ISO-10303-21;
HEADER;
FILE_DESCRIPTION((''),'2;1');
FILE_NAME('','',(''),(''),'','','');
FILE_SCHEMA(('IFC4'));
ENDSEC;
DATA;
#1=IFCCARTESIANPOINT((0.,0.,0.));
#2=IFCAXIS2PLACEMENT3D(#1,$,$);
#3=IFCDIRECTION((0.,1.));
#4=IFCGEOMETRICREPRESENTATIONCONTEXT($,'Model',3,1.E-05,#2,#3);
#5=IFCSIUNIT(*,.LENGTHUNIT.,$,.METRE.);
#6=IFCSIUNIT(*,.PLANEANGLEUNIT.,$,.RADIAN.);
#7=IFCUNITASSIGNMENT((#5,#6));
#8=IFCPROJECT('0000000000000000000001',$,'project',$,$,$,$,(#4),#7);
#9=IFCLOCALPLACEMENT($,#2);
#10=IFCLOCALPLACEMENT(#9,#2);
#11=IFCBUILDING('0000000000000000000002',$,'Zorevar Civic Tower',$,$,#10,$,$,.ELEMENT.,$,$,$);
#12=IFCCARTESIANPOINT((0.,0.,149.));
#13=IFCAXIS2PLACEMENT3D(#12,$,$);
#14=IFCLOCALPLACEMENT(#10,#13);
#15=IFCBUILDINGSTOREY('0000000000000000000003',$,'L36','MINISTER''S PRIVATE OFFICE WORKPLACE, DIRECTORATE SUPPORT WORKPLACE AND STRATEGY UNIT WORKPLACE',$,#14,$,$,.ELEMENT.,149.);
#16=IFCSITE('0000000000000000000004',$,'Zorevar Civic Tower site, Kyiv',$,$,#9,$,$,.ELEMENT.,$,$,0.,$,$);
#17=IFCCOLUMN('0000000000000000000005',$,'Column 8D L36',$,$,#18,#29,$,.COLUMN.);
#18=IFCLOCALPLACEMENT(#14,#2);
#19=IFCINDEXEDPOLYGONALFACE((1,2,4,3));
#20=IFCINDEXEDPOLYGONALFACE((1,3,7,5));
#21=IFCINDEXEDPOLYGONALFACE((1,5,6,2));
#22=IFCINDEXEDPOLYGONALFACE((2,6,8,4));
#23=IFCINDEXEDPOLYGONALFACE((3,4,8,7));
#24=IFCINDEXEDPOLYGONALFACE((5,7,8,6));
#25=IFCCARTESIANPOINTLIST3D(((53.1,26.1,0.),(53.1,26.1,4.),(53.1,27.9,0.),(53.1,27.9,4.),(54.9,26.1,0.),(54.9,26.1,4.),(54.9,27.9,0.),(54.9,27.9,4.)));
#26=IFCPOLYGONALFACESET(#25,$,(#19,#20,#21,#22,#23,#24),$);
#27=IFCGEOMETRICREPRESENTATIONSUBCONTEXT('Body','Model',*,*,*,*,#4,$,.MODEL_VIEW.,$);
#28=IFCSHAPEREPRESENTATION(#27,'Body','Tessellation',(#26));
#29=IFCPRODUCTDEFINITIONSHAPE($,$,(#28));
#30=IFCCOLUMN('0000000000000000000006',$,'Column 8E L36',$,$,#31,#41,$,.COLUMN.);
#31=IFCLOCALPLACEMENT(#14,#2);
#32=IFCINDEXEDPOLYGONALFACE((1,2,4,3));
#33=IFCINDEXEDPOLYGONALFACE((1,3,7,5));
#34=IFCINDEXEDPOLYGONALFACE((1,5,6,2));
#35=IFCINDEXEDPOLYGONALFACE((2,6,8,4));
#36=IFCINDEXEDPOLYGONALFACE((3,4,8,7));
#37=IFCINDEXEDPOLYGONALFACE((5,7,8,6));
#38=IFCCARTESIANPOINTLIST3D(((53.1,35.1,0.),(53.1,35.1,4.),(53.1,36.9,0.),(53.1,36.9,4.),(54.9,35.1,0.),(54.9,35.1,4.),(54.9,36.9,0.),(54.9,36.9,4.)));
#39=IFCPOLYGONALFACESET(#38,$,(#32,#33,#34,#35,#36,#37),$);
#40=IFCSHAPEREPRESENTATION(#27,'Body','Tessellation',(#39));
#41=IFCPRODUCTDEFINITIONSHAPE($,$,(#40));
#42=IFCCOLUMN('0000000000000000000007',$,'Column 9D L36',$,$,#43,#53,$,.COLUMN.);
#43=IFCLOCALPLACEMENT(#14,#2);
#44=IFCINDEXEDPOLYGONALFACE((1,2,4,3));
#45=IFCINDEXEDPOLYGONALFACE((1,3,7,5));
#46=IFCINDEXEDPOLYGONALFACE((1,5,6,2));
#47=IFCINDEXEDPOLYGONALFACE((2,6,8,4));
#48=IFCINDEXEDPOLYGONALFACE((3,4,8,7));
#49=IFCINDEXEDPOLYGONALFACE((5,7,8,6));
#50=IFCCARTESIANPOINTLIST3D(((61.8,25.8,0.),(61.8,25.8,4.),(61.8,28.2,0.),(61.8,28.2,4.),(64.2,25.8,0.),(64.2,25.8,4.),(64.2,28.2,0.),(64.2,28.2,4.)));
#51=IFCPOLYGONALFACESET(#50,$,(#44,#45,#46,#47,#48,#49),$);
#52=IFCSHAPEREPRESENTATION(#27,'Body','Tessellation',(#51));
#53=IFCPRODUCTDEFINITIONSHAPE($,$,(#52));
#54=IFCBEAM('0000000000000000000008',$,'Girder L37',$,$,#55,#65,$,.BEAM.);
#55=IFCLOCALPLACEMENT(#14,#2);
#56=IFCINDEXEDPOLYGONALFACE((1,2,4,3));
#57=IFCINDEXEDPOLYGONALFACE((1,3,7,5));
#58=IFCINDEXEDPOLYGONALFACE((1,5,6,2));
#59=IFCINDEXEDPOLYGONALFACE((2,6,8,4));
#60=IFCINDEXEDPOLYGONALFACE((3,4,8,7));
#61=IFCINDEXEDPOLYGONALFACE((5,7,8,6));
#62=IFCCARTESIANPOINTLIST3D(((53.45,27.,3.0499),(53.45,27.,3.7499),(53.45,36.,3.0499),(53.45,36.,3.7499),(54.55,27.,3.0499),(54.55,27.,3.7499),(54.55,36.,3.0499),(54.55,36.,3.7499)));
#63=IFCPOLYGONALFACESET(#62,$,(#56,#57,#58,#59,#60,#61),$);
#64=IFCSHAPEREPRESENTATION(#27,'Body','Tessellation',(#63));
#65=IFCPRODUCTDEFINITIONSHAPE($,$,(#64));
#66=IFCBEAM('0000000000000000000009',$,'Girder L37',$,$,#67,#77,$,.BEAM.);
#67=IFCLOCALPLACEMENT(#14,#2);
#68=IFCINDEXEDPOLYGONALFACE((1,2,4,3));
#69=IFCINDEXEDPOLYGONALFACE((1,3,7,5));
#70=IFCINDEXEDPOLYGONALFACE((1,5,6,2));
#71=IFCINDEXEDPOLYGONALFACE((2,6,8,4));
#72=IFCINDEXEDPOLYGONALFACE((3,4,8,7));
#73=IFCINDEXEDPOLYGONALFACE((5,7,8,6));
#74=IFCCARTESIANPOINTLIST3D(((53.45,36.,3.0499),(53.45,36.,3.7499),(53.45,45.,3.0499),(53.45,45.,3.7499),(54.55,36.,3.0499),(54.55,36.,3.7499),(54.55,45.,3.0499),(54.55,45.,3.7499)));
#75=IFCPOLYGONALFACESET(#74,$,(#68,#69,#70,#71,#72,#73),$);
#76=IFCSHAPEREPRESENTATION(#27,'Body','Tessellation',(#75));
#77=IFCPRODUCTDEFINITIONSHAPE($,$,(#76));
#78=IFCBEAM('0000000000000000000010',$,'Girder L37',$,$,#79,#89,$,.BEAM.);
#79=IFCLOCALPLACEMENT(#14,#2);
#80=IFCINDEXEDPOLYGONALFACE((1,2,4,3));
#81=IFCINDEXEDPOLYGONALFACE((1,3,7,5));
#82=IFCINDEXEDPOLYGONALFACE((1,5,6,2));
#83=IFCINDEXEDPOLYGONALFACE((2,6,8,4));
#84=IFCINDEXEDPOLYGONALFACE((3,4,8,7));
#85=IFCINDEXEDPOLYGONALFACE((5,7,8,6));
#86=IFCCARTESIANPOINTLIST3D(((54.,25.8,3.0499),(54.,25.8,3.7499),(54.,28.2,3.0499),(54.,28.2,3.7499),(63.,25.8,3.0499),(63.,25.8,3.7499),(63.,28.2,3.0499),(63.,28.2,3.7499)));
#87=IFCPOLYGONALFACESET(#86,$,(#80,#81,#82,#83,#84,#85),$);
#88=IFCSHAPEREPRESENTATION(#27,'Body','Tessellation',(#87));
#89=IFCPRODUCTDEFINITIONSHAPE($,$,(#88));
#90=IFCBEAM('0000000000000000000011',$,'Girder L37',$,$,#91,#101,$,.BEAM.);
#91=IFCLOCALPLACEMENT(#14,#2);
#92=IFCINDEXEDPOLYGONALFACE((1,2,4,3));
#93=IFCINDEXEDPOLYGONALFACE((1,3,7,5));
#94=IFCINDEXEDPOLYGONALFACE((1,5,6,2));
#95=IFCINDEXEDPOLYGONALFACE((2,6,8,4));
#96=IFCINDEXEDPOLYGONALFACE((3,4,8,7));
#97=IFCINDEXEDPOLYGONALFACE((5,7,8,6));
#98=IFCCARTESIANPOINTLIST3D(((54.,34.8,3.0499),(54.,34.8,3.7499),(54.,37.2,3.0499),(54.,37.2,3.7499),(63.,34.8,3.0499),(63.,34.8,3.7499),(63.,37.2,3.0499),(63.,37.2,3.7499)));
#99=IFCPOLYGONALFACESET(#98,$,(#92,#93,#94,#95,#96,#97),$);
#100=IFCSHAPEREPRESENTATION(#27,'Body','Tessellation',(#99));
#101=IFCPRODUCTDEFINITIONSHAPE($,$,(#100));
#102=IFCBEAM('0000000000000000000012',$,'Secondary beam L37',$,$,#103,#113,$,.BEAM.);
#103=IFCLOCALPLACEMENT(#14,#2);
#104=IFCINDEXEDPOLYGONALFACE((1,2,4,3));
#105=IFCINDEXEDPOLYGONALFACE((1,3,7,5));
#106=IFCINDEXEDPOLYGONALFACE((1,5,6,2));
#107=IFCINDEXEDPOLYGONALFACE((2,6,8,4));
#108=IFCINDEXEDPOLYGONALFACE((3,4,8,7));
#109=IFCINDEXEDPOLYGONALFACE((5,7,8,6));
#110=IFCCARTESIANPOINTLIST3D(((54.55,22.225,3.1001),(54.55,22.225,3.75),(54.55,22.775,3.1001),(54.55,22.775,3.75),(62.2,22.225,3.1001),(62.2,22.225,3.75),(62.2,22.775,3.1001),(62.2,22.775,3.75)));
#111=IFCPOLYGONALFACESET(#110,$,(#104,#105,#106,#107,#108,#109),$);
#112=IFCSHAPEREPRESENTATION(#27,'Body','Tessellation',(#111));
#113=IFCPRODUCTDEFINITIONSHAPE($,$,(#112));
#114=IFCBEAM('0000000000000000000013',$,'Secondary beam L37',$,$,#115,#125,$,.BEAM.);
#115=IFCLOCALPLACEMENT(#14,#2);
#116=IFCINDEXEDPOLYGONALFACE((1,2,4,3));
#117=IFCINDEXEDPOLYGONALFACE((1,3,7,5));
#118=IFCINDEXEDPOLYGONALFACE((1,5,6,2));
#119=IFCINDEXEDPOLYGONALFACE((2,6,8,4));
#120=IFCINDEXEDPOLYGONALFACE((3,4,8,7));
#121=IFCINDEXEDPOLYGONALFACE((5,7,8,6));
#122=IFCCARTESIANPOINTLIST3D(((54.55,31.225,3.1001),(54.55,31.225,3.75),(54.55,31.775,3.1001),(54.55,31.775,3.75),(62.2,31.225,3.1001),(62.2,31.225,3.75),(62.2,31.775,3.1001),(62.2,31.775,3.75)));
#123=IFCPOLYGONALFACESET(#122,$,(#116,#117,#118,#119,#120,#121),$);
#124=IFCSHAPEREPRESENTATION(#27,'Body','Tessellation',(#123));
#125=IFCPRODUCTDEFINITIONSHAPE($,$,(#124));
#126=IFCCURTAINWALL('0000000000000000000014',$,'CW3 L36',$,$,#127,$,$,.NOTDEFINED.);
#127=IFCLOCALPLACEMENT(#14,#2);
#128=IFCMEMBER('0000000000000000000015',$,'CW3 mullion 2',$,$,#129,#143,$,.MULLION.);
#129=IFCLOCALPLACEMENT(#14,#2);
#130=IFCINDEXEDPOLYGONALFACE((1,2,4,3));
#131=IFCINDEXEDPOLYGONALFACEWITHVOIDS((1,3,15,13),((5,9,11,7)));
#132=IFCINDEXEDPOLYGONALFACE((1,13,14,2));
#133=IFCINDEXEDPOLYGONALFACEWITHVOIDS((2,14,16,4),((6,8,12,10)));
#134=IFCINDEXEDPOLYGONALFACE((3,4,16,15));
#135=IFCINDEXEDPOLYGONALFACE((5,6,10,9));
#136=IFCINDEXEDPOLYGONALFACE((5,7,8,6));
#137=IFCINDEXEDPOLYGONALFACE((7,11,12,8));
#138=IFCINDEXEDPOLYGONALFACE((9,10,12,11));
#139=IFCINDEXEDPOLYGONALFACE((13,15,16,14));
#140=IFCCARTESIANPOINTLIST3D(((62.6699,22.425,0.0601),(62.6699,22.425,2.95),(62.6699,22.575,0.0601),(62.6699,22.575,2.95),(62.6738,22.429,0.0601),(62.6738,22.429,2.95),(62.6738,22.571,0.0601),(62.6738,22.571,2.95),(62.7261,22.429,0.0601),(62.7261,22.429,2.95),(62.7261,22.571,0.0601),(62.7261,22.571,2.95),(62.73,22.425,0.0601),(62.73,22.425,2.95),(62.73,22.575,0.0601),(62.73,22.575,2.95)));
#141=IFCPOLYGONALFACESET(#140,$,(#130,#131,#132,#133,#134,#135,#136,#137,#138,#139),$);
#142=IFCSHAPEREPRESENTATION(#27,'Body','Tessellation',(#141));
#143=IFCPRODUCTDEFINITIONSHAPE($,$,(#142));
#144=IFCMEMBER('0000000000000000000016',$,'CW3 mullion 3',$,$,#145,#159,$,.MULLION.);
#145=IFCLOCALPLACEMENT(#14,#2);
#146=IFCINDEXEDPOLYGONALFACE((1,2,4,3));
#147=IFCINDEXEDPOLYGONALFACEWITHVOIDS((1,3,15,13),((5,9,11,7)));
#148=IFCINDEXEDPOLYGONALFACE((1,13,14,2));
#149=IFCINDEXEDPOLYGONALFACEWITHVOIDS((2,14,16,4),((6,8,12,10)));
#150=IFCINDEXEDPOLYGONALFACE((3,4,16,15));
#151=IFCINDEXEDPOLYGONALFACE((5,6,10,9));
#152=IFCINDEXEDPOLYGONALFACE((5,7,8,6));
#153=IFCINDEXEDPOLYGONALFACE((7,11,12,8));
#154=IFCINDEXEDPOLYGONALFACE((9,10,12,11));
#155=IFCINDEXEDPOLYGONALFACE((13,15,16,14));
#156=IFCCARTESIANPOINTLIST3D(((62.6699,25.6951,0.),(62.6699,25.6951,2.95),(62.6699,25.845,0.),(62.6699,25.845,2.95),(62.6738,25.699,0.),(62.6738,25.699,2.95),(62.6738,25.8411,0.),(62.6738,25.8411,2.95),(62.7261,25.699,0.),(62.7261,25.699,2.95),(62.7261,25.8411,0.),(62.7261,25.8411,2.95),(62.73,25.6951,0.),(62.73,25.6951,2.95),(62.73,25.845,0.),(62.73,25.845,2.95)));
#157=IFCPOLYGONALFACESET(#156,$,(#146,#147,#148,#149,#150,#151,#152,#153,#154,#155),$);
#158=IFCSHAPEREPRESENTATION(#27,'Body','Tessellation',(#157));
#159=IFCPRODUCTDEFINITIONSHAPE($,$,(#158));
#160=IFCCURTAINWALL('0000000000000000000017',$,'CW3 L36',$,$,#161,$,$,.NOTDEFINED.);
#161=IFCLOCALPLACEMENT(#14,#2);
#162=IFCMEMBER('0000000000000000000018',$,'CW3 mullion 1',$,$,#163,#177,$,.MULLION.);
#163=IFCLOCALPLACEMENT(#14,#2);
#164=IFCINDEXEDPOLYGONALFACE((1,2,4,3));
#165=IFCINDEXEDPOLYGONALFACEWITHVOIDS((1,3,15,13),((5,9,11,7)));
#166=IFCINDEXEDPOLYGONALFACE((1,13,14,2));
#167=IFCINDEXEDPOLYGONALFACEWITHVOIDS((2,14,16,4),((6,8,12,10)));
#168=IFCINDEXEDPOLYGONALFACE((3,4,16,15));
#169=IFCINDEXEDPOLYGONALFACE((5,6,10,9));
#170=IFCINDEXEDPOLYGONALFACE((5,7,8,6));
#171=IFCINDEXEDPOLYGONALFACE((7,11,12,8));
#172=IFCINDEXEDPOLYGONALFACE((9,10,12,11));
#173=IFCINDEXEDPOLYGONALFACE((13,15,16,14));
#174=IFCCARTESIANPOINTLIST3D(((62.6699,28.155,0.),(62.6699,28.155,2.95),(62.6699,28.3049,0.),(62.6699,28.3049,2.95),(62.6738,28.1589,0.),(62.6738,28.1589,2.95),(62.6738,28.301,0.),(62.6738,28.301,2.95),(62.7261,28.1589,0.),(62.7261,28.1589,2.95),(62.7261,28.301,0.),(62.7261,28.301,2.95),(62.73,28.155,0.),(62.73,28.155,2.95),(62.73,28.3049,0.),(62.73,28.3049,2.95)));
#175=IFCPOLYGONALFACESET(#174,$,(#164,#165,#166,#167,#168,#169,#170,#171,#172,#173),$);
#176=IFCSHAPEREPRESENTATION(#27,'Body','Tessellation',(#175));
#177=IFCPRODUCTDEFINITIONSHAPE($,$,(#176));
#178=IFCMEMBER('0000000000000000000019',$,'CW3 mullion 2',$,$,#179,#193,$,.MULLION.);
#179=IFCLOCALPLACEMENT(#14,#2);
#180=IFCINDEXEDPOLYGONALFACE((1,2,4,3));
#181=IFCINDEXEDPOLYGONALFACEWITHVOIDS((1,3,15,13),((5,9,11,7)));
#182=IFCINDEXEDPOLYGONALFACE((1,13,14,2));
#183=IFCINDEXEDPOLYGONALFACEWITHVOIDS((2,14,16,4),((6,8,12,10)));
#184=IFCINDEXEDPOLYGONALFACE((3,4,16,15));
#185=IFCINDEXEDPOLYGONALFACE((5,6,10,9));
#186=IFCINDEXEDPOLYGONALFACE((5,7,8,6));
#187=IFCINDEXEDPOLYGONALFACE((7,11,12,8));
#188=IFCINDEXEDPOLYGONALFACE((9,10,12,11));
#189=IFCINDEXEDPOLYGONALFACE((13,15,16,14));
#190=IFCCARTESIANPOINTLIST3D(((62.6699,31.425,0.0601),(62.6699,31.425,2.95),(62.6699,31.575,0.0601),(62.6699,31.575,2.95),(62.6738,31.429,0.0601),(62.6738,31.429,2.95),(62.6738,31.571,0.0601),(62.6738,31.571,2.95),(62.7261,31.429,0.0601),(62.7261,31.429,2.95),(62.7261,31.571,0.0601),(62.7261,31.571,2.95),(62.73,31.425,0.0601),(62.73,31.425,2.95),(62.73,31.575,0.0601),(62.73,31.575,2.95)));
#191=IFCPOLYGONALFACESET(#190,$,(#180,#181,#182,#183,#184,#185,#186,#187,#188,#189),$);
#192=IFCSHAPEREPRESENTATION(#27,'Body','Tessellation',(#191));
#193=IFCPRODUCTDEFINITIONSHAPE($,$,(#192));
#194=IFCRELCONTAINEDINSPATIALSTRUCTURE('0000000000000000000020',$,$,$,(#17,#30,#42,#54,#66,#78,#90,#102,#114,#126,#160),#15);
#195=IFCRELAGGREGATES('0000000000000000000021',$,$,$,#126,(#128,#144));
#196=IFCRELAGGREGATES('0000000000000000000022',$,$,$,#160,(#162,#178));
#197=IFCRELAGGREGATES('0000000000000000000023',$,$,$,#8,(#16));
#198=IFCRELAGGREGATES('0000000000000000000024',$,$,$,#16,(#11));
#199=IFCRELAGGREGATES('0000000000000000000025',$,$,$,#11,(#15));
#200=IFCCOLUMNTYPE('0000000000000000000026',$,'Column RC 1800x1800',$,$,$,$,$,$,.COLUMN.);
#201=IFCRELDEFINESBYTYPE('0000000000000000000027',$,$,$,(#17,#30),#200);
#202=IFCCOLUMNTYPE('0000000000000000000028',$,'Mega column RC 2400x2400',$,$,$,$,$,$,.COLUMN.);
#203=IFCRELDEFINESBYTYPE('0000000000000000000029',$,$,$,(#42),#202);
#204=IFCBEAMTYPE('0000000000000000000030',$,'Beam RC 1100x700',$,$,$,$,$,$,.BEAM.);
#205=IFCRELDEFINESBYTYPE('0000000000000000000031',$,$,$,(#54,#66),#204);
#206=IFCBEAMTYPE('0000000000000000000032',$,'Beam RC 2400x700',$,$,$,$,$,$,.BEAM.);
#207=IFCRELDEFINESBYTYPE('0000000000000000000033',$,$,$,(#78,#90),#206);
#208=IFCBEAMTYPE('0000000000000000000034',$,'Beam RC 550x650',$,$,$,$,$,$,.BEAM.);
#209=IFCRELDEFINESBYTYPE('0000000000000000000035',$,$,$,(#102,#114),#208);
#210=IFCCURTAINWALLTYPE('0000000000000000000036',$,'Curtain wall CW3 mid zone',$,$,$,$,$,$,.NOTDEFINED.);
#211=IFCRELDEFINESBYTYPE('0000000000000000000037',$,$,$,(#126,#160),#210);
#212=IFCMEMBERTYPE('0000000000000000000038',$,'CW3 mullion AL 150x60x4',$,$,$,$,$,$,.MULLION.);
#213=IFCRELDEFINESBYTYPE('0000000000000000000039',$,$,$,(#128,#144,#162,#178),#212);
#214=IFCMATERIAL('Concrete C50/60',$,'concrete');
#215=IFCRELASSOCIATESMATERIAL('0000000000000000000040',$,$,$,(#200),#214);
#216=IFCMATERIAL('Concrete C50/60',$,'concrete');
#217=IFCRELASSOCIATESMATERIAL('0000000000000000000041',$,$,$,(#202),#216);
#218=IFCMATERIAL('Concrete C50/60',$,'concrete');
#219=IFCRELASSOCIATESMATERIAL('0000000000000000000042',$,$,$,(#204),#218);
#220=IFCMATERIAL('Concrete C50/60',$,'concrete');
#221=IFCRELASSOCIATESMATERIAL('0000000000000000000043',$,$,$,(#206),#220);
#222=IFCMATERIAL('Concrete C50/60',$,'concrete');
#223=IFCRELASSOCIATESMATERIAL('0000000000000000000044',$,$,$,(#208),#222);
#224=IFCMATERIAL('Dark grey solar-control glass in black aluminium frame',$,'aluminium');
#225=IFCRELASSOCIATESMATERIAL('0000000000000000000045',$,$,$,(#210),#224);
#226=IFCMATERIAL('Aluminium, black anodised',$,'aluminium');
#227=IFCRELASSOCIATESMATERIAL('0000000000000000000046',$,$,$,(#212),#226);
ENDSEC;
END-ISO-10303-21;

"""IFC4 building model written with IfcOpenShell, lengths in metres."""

from ifc_helpers import new_model, si_unit, direction, frame, origin, origin_2d, place, context, subcontext, project, spatial, rectangle, hollow_rectangle, extrude, material, material_profile, profile_set, type_object, element, aggregate, save


model = new_model("IFC4")

# Units and contexts
model_context = context("Model", 3, precision=1e-05, world=origin(), true_north=direction((0.0, 1.0)))
body_context = subcontext(model_context, "Body", "Model", "MODEL_VIEW")
ifc_project = project(units=[si_unit("LENGTHUNIT", "METRE"), si_unit("PLANEANGLEUNIT", "RADIAN")], contexts=[model_context])

# Site, building, storey
site_placement = place(None, origin())
site = spatial("IfcSite", under=ifc_project, at=site_placement, Name="Zorevar Civic Tower site, Kyiv", CompositionType="ELEMENT", RefElevation=0.0)
building_placement = place(site_placement, origin())
building = spatial("IfcBuilding", under=site, at=building_placement, Name="Zorevar Civic Tower", CompositionType="ELEMENT")
storey_placement = place(building_placement, frame((0.0, 0.0, 149.0)))
storey = spatial("IfcBuildingStorey", under=building, at=storey_placement, Name="L36", Description="MINISTER'S PRIVATE OFFICE WORKPLACE, DIRECTORATE SUPPORT WORKPLACE AND STRATEGY UNIT WORKPLACE", CompositionType="ELEMENT", Elevation=149.0)

# Columns
ifc_material_1 = material(Name="Concrete C50/60", Category="concrete")
ifc_material_profile_1 = material_profile(ifc_material_1, rectangle(XDim=1.8, YDim=1.8, at=origin_2d()), Name="RC 1800x1800")
ifc_profile_set_1 = profile_set([ifc_material_profile_1], Name="Concrete C50/60")
column_type_1 = type_object("IfcColumnType", Name="Column RC 1800x1800", PredefinedType="COLUMN", material=ifc_profile_set_1)
for number, where, z_axis, x_axis, name in (
    (1, (54.0, 27.0, 0.0), (0.0, 0.0, 1.0), (1.0, 0.0, 0.0), "Column 8D L36"),
    (2, (54.0, 36.0, 0.0), (0.0, 0.0, 1.0), (1.0, 0.0, 0.0), "Column 8E L36"),
):
    element("IfcColumn", number, at=place(storey_placement, frame(where, z_axis=z_axis, x_axis=x_axis)), inside=storey, type_object=column_type_1, Name=name, PredefinedType="COLUMN", context=body_context, shape_type="SweptSolid", body=[
        extrude(rectangle(XDim=1.8, YDim=1.8, at=origin_2d()), origin(), (0.0, 0.0, 1.0), 4.0),
    ])
ifc_material_2 = material(Name="Concrete C50/60", Category="concrete")
ifc_material_profile_2 = material_profile(ifc_material_2, rectangle(XDim=2.3999, YDim=2.3999, at=origin_2d()), Name="RC 2400x2400")
ifc_profile_set_2 = profile_set([ifc_material_profile_2], Name="Concrete C50/60")
column_type_2 = type_object("IfcColumnType", Name="Mega column RC 2400x2400", PredefinedType="COLUMN", material=ifc_profile_set_2)
column_placement = place(storey_placement, frame((63.0, 27.0, 0.0), z_axis=(0.0, 0.0, 1.0), x_axis=(1.0, 0.0, 0.0)))
element("IfcColumn", 3, at=column_placement, inside=storey, type_object=column_type_2, Name="Column 9D L36", PredefinedType="COLUMN", context=body_context, shape_type="SweptSolid", body=[
    extrude(rectangle(XDim=2.3999, YDim=2.3999, at=origin_2d()), origin(), (0.0, 0.0, 1.0), 4.0),
])

# Beams
ifc_material_3 = material(Name="Concrete C50/60", Category="concrete")
ifc_material_profile_3 = material_profile(ifc_material_3, rectangle(XDim=1.1001, YDim=0.7, at=origin_2d()), Name="RC 1100x700")
ifc_profile_set_3 = profile_set([ifc_material_profile_3], Name="Concrete C50/60")
beam_type_1 = type_object("IfcBeamType", Name="Beam RC 1100x700", PredefinedType="BEAM", material=ifc_profile_set_3)
for number, where, z_axis, x_axis, name in (
    (4, (54.0, 27.0, 3.3999), (0.0, 1.0, 0.0), (-1.0, 0.0, 0.0), "Girder L37"),
    (5, (54.0, 36.0, 3.3999), (0.0, 1.0, 0.0), (-1.0, 0.0, 0.0), "Girder L37"),
):
    element("IfcBeam", number, at=place(storey_placement, frame(where, z_axis=z_axis, x_axis=x_axis)), inside=storey, type_object=beam_type_1, Name=name, PredefinedType="BEAM", context=body_context, shape_type="SweptSolid", body=[
        extrude(rectangle(XDim=1.1001, YDim=0.7, at=origin_2d()), origin(), (0.0, 0.0, 1.0), 9.0),
    ])
ifc_material_4 = material(Name="Concrete C50/60", Category="concrete")
ifc_material_profile_4 = material_profile(ifc_material_4, rectangle(XDim=2.3999, YDim=0.7, at=origin_2d()), Name="RC 2400x700")
ifc_profile_set_4 = profile_set([ifc_material_profile_4], Name="Concrete C50/60")
beam_type_2 = type_object("IfcBeamType", Name="Beam RC 2400x700", PredefinedType="BEAM", material=ifc_profile_set_4)
for number, where, z_axis, x_axis, name in (
    (6, (54.0, 27.0, 3.3999), (1.0, 0.0, 0.0), (0.0, 1.0, 0.0), "Girder L37"),
    (7, (54.0, 36.0, 3.3999), (1.0, 0.0, 0.0), (0.0, 1.0, 0.0), "Girder L37"),
):
    element("IfcBeam", number, at=place(storey_placement, frame(where, z_axis=z_axis, x_axis=x_axis)), inside=storey, type_object=beam_type_2, Name=name, PredefinedType="BEAM", context=body_context, shape_type="SweptSolid", body=[
        extrude(rectangle(XDim=2.3999, YDim=0.7, at=origin_2d()), origin(), (0.0, 0.0, 1.0), 9.0),
    ])
ifc_material_5 = material(Name="Concrete C50/60", Category="concrete")
ifc_material_profile_5 = material_profile(ifc_material_5, rectangle(XDim=0.55, YDim=0.6499, at=origin_2d()), Name="RC 550x650")
ifc_profile_set_5 = profile_set([ifc_material_profile_5], Name="Concrete C50/60")
beam_type_3 = type_object("IfcBeamType", Name="Beam RC 550x650", PredefinedType="BEAM", material=ifc_profile_set_5)
for number, where, z_axis, x_axis, name in (
    (8, (54.55, 22.5, 3.425), (1.0, 0.0, 0.0), (0.0, 1.0, 0.0), "Secondary beam L37"),
    (9, (54.55, 31.5, 3.425), (1.0, 0.0, 0.0), (0.0, 1.0, 0.0), "Secondary beam L37"),
):
    element("IfcBeam", number, at=place(storey_placement, frame(where, z_axis=z_axis, x_axis=x_axis)), inside=storey, type_object=beam_type_3, Name=name, PredefinedType="BEAM", context=body_context, shape_type="SweptSolid", body=[
        extrude(rectangle(XDim=0.55, YDim=0.6499, at=origin_2d()), origin(), (0.0, 0.0, 1.0), 7.6499),
    ])

# Curtain walls, members
ifc_material_6 = material(Name="Dark grey solar-control glass in black aluminium frame", Category="aluminium")
curtain_wall_type = type_object("IfcCurtainWallType", Name="Curtain wall CW3 mid zone", PredefinedType="NOTDEFINED", material=ifc_material_6)
curtain_wall_1_placement = place(storey_placement, origin())
curtain_wall_1 = element("IfcCurtainWall", 10, at=curtain_wall_1_placement, inside=storey, type_object=curtain_wall_type, Name="CW3 L36", PredefinedType="NOTDEFINED")
ifc_material_7 = material(Name="Aluminium, black anodised", Category="aluminium")
ifc_material_profile_6 = material_profile(ifc_material_7, hollow_rectangle(XDim=0.0601, YDim=0.1499, WallThickness=0.0039, at=origin_2d()), Name="AL 150x60x4")
ifc_profile_set_6 = profile_set([ifc_material_profile_6], Name="Aluminium, black anodised")
member_type_1 = type_object("IfcMemberType", Name="CW3 mullion AL 150x60x4", PredefinedType="MULLION", material=ifc_profile_set_6)
member_1_placement = place(storey_placement, frame((62.7, 22.5, 0.0601), z_axis=(0.0, 0.0, 1.0), x_axis=(-1.0, 0.0, 0.0)))
member_1 = element("IfcMember", 11, at=member_1_placement, type_object=member_type_1, Name="CW3 mullion 2", PredefinedType="MULLION", context=body_context, shape_type="SweptSolid", body=[
    extrude(hollow_rectangle(XDim=0.0601, YDim=0.1499, WallThickness=0.0039, at=origin_2d()), origin(), (0.0, 0.0, 1.0), 2.8899),
])
member_2_placement = place(storey_placement, frame((62.7, 25.77, 0.0), z_axis=(0.0, 0.0, 1.0), x_axis=(-1.0, 0.0, 0.0)))
member_2 = element("IfcMember", 12, at=member_2_placement, type_object=member_type_1, Name="CW3 mullion 3", PredefinedType="MULLION", context=body_context, shape_type="SweptSolid", body=[
    extrude(hollow_rectangle(XDim=0.0601, YDim=0.1499, WallThickness=0.0039, at=origin_2d()), origin(), (0.0, 0.0, 1.0), 2.95),
])
curtain_wall_2_placement = place(storey_placement, origin())
curtain_wall_2 = element("IfcCurtainWall", 13, at=curtain_wall_2_placement, inside=storey, type_object=curtain_wall_type, Name="CW3 L36", PredefinedType="NOTDEFINED")
member_3_placement = place(storey_placement, frame((62.7, 28.23, 0.0), z_axis=(0.0, 0.0, 1.0), x_axis=(-1.0, 0.0, 0.0)))
member_3 = element("IfcMember", 14, at=member_3_placement, type_object=member_type_1, Name="CW3 mullion 1", PredefinedType="MULLION", context=body_context, shape_type="SweptSolid", body=[
    extrude(hollow_rectangle(XDim=0.0601, YDim=0.1499, WallThickness=0.0039, at=origin_2d()), origin(), (0.0, 0.0, 1.0), 2.95),
])
member_4_placement = place(storey_placement, frame((62.7, 31.5, 0.0601), z_axis=(0.0, 0.0, 1.0), x_axis=(-1.0, 0.0, 0.0)))
member_4 = element("IfcMember", 15, at=member_4_placement, type_object=member_type_1, Name="CW3 mullion 2", PredefinedType="MULLION", context=body_context, shape_type="SweptSolid", body=[
    extrude(hollow_rectangle(XDim=0.0601, YDim=0.1499, WallThickness=0.0039, at=origin_2d()), origin(), (0.0, 0.0, 1.0), 2.8899),
])

aggregate(curtain_wall_1, [member_1, member_2])
aggregate(curtain_wall_2, [member_3, member_4])

save(model, "model.ifc")
